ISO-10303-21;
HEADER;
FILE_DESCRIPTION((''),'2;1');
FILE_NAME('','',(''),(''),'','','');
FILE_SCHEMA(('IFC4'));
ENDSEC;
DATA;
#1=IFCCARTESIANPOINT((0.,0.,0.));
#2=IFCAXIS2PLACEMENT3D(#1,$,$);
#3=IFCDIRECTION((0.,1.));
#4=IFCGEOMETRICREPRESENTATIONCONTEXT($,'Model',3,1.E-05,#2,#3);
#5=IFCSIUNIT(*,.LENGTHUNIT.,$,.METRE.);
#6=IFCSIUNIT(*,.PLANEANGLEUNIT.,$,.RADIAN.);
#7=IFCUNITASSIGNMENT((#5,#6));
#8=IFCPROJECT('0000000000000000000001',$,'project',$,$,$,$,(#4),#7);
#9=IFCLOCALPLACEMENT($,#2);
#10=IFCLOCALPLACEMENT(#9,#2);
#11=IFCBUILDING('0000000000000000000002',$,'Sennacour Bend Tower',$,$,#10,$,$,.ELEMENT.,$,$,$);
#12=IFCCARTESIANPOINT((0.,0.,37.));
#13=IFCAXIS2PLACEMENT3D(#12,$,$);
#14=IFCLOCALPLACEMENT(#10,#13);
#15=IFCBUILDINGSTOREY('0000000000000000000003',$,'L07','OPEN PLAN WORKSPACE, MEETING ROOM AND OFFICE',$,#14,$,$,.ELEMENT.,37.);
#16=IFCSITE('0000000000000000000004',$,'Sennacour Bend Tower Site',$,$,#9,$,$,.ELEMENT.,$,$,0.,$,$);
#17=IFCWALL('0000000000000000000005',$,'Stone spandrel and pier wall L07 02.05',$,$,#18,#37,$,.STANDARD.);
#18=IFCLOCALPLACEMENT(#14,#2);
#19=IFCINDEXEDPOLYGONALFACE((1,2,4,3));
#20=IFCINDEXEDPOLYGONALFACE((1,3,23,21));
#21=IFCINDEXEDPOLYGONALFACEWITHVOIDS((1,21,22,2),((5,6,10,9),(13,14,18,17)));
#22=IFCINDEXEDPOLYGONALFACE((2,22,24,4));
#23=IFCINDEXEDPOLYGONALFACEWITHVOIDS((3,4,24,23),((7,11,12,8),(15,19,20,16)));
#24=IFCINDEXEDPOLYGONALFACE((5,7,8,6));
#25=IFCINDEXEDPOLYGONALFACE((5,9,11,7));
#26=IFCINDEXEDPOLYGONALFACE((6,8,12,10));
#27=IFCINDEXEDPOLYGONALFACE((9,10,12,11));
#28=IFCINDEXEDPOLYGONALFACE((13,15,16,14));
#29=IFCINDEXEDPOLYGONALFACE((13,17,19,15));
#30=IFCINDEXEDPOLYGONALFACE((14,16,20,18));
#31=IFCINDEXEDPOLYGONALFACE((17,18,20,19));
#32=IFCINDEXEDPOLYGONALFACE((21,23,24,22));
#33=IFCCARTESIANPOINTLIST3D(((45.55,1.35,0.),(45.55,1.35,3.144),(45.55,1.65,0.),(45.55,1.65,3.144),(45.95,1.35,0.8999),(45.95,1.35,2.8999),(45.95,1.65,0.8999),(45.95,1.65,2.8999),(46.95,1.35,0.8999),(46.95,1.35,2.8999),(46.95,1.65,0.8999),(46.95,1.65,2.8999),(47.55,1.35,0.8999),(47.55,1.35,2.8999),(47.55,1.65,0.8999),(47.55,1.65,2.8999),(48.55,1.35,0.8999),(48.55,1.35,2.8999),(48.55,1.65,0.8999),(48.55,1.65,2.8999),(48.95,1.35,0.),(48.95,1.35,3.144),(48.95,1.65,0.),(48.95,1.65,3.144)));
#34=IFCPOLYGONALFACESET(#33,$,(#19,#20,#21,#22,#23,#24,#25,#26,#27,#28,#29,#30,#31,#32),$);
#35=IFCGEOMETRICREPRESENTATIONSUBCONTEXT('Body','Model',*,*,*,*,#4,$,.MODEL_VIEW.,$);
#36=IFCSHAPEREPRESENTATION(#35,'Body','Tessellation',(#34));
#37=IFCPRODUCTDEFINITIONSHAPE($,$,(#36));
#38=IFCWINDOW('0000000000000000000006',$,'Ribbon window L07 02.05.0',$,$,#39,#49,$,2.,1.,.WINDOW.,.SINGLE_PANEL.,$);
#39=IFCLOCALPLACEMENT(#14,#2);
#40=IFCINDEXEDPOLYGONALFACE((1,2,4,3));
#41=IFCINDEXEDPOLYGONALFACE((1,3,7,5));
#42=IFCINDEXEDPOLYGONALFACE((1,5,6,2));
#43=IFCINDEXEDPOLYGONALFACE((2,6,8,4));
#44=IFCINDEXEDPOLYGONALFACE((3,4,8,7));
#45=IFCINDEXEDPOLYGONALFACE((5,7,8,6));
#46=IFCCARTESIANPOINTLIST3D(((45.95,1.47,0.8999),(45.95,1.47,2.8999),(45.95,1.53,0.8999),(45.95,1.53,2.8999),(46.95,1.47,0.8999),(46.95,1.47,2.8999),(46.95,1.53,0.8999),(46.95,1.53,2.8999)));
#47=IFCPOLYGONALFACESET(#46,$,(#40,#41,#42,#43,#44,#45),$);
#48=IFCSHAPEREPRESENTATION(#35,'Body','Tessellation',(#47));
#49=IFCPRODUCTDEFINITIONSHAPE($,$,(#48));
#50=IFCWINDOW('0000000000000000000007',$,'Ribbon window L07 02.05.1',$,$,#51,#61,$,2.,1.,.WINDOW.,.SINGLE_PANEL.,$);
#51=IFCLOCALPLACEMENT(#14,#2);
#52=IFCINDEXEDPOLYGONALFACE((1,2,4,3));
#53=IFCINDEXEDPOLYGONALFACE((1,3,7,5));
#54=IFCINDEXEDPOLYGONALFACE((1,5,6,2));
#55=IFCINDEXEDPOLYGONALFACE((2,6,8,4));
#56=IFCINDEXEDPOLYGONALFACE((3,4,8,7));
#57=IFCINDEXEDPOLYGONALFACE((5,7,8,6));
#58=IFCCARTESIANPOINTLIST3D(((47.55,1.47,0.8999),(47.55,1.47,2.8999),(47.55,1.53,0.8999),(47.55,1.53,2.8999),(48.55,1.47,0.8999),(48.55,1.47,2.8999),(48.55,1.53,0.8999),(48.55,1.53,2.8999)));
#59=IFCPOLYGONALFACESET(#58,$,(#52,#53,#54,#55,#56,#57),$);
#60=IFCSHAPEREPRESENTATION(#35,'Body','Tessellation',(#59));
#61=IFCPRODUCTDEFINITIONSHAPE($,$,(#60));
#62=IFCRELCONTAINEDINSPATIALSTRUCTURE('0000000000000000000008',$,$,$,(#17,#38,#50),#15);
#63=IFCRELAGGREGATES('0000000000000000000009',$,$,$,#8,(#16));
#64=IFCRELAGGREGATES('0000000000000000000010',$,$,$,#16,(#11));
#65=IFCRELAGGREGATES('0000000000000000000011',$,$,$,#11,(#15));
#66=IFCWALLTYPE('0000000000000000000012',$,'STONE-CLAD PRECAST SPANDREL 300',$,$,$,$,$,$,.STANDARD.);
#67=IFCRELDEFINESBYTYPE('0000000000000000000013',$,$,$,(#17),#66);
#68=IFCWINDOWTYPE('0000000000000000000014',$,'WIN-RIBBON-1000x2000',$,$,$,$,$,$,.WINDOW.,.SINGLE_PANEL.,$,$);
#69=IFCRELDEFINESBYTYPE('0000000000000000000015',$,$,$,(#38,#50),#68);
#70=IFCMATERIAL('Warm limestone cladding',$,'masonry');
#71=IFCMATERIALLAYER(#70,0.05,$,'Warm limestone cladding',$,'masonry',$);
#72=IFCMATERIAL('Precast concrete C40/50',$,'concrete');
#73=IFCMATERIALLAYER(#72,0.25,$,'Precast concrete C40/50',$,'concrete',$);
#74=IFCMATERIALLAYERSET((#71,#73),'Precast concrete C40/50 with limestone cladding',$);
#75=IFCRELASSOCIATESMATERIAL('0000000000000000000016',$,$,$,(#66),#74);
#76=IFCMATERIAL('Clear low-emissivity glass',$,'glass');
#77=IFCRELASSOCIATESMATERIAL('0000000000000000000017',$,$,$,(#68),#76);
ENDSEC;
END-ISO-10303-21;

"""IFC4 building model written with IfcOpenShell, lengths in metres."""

from ifc_helpers import new_model, si_unit, direction, frame, frame_2d, origin, place, context, subcontext, project, spatial, rectangle, extrude, material, layer, layer_set, type_object, element, fill, save


model = new_model("IFC4")

# Units and contexts
model_context = context("Model", 3, precision=1e-05, world=origin(), true_north=direction((0.0, 1.0)))
body_context = subcontext(model_context, "Body", "Model", "MODEL_VIEW")
ifc_project = project(units=[si_unit("LENGTHUNIT", "METRE"), si_unit("PLANEANGLEUNIT", "RADIAN")], contexts=[model_context])

# Site, building, storey
site_placement = place(None, origin())
site = spatial("IfcSite", under=ifc_project, at=site_placement, Name="Sennacour Bend Tower Site", CompositionType="ELEMENT", RefElevation=0.0)
building_placement = place(site_placement, origin())
building = spatial("IfcBuilding", under=site, at=building_placement, Name="Sennacour Bend Tower", CompositionType="ELEMENT")
storey_placement = place(building_placement, frame((0.0, 0.0, 37.0)))
storey = spatial("IfcBuildingStorey", under=building, at=storey_placement, Name="L07", Description="OPEN PLAN WORKSPACE, MEETING ROOM AND OFFICE", CompositionType="ELEMENT", Elevation=37.0)

# Wall, openings, windows
ifc_material_1 = material(Name="Warm limestone cladding", Category="masonry")
ifc_layer_1 = layer(ifc_material_1, 0.05, Name="Warm limestone cladding", Category="masonry")
ifc_material_2 = material(Name="Precast concrete C40/50", Category="concrete")
ifc_layer_2 = layer(ifc_material_2, 0.25, Name="Precast concrete C40/50", Category="concrete")
ifc_layer_set_1 = layer_set([ifc_layer_1, ifc_layer_2], Name="Precast concrete C40/50 with limestone cladding")
wall_type_1 = type_object("IfcWallType", Name="STONE-CLAD PRECAST SPANDREL 300", PredefinedType="STANDARD", material=ifc_layer_set_1)
wall_1_placement = place(storey_placement, frame((45.55, 1.5, 0.0), z_axis=(0.0, 0.0, 1.0), x_axis=(1.0, 0.0, 0.0)))
wall_1 = element("IfcWall", 1, at=wall_1_placement, inside=storey, type_object=wall_type_1, Name="Stone spandrel and pier wall L07 02.05", PredefinedType="STANDARD", context=body_context, shape_type="SweptSolid", body=[
    extrude(rectangle(XDim=3.3999, YDim=0.3, at=frame_2d((1.7, 0.0))), origin(), (0.0, 0.0, 1.0), 3.144),
])
opening_1_placement = place(wall_1_placement, frame((0.3999, 0.0, 0.8999)))
opening_1 = element("IfcOpeningElement", 2, at=opening_1_placement, cuts=wall_1, PredefinedType="OPENING", context=body_context, shape_type="SweptSolid", body=[
    extrude(rectangle(XDim=1.0, YDim=2.0, at=frame_2d((0.5, 1.0))), frame((0.0, 0.1602, 0.0), z_axis=(0.0, -1.0, 0.0), x_axis=(1.0, 0.0, 0.0)), (0.0, 0.0, 1.0), 0.3201),
])
opening_2_placement = place(wall_1_placement, frame((2.0, 0.0, 0.8999)))
opening_2 = element("IfcOpeningElement", 3, at=opening_2_placement, cuts=wall_1, PredefinedType="OPENING", context=body_context, shape_type="SweptSolid", body=[
    extrude(rectangle(XDim=1.0, YDim=2.0, at=frame_2d((0.5, 1.0))), frame((0.0, 0.1602, 0.0), z_axis=(0.0, -1.0, 0.0), x_axis=(1.0, 0.0, 0.0)), (0.0, 0.0, 1.0), 0.3201),
])
ifc_material_3 = material(Name="Clear low-emissivity glass", Category="glass")
window_type = type_object("IfcWindowType", Name="WIN-RIBBON-1000x2000", PartitioningType="SINGLE_PANEL", PredefinedType="WINDOW", material=ifc_material_3)
window_1_placement = place(opening_1_placement, origin())
window_1 = element("IfcWindow", 4, at=window_1_placement, inside=storey, type_object=window_type, Name="Ribbon window L07 02.05.0", OverallHeight=2.0, OverallWidth=1.0, PartitioningType="SINGLE_PANEL", PredefinedType="WINDOW", context=body_context, shape_type="SweptSolid", body=[
    extrude(rectangle(XDim=1.0, YDim=2.0, at=frame_2d((0.5, 1.0))), frame((0.0, 0.03, 0.0), z_axis=(0.0, -1.0, 0.0), x_axis=(1.0, 0.0, 0.0)), (0.0, 0.0, 1.0), 0.0601),
])
fill(opening_1, window_1)
window_2_placement = place(opening_2_placement, origin())
window_2 = element("IfcWindow", 5, at=window_2_placement, inside=storey, type_object=window_type, Name="Ribbon window L07 02.05.1", OverallHeight=2.0, OverallWidth=1.0, PartitioningType="SINGLE_PANEL", PredefinedType="WINDOW", context=body_context, shape_type="SweptSolid", body=[
    extrude(rectangle(XDim=1.0, YDim=2.0, at=frame_2d((0.5, 1.0))), frame((0.0, 0.03, 0.0), z_axis=(0.0, -1.0, 0.0), x_axis=(1.0, 0.0, 0.0)), (0.0, 0.0, 1.0), 0.0601),
])
fill(opening_2, window_2)

save(model, "model.ifc")
